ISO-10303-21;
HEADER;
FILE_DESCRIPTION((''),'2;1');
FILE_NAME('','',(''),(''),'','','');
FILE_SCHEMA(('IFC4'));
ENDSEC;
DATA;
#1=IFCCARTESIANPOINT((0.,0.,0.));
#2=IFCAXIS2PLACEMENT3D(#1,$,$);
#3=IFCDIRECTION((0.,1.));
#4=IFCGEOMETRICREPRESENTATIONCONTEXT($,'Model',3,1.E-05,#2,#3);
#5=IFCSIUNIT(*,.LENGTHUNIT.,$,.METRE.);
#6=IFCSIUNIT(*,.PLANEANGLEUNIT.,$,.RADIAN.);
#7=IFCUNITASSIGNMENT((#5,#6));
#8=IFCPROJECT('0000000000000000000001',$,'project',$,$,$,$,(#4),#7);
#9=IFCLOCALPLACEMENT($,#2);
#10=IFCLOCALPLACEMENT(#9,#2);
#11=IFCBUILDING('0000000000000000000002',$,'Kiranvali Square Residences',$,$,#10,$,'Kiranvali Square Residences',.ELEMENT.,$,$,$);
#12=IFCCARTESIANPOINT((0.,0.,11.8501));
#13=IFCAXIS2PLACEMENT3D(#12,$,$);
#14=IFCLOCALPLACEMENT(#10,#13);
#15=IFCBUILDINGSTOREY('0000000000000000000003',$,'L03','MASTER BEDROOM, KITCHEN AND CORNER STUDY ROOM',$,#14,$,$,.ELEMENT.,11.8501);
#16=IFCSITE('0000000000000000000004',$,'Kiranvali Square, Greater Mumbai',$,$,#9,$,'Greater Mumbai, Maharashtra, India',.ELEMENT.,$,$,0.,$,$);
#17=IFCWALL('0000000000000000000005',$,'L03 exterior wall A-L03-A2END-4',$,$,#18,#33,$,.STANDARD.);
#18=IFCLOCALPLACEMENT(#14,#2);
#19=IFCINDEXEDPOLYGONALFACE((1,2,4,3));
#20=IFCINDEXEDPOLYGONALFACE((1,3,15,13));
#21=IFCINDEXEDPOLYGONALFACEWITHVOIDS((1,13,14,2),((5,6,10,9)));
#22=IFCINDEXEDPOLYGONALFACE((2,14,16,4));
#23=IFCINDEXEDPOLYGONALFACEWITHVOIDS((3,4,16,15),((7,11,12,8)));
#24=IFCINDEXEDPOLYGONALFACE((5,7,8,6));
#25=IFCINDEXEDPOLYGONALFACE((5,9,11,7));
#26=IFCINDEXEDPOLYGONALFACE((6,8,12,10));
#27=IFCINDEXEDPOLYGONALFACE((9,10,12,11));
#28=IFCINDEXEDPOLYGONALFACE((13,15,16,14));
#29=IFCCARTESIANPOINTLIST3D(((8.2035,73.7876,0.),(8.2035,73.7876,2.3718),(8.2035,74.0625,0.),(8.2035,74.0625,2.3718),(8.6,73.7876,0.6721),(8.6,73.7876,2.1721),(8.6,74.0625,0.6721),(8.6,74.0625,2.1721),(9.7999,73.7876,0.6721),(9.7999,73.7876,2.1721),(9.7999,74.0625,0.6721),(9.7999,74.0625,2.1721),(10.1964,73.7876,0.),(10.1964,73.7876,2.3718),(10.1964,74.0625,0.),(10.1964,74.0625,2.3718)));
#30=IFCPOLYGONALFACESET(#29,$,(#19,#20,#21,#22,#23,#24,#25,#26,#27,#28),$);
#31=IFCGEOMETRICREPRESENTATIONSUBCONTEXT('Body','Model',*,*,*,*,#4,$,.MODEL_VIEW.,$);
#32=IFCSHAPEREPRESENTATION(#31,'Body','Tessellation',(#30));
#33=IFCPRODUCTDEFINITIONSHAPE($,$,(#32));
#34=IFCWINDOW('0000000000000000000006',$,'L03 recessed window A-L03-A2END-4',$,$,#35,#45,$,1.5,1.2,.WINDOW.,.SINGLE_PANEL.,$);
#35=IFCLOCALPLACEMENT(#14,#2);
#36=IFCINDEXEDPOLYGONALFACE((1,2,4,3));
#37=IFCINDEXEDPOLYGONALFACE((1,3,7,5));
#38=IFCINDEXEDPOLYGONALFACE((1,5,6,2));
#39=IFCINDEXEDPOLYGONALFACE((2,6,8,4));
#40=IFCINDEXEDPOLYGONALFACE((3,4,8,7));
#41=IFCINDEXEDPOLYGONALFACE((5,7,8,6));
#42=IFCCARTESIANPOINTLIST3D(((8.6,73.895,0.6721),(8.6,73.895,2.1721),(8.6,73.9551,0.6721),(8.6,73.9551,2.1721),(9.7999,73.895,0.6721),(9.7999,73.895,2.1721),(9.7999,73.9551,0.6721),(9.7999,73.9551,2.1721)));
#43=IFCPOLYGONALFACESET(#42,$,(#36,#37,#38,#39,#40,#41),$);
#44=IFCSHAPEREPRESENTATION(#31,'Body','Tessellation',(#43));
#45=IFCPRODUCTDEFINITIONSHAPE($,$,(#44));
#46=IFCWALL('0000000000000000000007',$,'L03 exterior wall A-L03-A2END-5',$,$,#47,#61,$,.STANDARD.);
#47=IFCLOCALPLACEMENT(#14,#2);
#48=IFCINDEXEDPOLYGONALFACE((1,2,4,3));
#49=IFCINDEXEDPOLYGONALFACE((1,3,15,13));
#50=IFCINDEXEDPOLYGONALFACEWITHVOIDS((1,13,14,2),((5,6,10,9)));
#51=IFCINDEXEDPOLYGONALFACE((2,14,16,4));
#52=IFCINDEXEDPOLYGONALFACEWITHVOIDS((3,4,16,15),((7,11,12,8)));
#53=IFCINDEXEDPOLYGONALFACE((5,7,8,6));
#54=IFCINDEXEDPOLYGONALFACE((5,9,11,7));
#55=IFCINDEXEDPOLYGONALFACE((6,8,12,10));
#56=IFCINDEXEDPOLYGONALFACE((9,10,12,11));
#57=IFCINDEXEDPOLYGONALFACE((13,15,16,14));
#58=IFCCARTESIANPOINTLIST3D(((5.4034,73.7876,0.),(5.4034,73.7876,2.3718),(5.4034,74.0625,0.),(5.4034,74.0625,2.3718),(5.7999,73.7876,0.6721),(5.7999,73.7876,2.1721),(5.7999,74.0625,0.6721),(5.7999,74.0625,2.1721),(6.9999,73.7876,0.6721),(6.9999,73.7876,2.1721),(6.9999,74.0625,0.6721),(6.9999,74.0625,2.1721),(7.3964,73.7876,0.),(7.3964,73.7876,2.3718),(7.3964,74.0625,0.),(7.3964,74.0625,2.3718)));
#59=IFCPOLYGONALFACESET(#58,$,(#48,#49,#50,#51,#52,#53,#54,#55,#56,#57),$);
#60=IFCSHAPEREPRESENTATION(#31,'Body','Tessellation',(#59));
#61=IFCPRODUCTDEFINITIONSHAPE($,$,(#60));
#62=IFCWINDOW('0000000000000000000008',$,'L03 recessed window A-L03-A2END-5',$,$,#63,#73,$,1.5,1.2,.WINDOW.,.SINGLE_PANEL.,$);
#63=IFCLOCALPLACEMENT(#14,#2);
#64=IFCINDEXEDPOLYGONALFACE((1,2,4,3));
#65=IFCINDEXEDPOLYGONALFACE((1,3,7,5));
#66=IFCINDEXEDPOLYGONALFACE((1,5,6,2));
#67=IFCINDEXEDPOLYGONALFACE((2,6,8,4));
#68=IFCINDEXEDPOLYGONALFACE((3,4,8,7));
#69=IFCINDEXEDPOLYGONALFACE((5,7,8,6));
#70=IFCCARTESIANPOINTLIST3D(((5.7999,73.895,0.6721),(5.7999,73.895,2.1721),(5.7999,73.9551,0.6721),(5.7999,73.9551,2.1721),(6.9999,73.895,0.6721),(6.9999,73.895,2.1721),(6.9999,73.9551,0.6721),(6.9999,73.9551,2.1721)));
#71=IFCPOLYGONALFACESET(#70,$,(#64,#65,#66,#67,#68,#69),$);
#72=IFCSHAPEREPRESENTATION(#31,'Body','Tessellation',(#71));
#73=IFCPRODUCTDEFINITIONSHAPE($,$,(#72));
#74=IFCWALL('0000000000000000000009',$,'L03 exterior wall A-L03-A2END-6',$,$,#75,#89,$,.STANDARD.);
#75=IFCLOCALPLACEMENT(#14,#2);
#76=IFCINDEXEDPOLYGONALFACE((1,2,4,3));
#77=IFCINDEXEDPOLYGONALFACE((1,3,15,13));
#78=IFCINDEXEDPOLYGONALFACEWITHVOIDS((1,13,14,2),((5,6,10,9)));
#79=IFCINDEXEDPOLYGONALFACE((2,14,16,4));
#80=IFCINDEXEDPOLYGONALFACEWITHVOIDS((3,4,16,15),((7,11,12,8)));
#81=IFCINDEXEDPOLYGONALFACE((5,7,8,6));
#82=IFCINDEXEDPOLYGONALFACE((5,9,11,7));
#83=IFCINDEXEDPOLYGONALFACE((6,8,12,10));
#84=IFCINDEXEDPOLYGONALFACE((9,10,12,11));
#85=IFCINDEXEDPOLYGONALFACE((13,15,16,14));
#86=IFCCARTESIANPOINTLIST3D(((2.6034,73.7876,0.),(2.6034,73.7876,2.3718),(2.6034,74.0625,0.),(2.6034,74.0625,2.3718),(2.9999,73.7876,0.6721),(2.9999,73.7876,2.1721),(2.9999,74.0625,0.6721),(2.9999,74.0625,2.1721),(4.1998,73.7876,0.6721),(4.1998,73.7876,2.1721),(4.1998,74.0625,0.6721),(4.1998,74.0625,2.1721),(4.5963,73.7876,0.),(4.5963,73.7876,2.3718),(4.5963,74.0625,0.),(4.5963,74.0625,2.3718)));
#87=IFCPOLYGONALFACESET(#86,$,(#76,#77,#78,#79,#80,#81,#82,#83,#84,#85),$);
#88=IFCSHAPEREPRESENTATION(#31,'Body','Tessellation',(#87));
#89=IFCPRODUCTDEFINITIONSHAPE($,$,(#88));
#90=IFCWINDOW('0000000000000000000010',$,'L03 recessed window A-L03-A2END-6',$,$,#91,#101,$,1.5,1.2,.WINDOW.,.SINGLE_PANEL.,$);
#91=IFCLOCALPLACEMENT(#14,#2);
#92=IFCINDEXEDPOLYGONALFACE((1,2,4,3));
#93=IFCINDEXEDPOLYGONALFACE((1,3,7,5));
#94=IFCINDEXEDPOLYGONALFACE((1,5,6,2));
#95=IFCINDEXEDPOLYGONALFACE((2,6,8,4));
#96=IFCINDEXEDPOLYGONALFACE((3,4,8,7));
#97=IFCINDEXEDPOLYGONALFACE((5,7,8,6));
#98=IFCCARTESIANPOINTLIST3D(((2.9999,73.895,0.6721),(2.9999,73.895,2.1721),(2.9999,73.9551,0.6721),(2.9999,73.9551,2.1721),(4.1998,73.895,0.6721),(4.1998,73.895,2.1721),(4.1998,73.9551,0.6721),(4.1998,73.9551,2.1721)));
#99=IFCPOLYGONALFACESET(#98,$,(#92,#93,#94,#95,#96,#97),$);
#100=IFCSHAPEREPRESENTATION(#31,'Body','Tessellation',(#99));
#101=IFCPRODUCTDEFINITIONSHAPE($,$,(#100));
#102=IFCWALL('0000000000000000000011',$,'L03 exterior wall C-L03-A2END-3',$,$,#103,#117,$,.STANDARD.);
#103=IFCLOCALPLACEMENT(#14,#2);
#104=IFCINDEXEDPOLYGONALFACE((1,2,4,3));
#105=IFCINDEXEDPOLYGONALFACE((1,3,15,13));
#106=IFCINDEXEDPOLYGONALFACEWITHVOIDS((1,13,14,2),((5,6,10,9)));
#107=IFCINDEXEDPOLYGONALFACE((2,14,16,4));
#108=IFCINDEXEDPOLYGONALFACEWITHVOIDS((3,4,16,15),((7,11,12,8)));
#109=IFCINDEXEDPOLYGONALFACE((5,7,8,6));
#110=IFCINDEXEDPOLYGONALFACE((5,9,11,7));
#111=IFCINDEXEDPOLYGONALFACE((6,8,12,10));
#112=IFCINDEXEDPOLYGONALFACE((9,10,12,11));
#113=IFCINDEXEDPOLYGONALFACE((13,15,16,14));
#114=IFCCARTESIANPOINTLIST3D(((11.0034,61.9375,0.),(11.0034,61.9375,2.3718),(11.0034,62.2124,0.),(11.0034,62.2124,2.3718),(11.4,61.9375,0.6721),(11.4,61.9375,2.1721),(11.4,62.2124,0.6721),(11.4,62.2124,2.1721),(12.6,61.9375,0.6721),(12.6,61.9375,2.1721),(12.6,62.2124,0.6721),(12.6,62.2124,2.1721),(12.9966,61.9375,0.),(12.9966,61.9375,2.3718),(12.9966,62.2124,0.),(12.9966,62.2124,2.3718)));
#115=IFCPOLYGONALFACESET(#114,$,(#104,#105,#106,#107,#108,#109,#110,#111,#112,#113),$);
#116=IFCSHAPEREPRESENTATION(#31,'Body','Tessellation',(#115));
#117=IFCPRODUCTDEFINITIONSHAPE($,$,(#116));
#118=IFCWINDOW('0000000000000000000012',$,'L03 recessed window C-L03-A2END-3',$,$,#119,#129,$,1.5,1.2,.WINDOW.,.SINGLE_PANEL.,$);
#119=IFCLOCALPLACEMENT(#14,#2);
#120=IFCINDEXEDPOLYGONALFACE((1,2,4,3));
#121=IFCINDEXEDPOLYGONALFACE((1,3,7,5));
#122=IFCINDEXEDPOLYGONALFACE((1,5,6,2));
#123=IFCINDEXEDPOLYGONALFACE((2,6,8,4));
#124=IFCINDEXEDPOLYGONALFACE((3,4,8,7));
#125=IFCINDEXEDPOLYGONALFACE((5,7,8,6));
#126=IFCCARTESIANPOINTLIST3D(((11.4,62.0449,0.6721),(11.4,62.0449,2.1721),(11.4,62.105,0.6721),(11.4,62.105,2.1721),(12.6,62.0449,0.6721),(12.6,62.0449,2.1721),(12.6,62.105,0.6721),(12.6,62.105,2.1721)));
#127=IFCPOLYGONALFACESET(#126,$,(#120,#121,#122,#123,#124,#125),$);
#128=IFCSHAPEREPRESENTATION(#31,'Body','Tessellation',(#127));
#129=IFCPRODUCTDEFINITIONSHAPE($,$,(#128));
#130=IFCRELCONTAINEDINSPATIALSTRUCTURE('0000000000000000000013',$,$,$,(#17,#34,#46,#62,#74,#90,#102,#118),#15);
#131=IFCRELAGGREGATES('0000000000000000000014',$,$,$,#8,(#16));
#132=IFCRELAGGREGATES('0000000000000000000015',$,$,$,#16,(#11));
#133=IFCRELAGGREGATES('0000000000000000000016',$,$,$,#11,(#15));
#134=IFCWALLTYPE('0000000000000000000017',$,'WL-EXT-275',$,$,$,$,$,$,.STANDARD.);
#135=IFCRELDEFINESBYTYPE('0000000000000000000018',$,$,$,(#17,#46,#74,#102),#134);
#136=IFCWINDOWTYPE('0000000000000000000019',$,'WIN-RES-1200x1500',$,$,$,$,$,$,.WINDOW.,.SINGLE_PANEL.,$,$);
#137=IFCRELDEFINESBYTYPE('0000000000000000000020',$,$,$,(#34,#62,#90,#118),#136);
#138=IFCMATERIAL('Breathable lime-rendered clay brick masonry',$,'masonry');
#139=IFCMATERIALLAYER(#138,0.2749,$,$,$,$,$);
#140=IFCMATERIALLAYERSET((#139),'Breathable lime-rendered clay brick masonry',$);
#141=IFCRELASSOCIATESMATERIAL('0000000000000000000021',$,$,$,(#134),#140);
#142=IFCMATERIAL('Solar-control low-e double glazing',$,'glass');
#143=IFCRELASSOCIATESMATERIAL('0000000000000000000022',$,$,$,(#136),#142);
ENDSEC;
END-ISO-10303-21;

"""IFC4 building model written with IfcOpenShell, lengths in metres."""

from ifc_helpers import new_model, si_unit, direction, frame, frame_2d, origin, place, context, subcontext, project, spatial, rectangle, extrude, material, layer, layer_set, type_object, element, fill, save


model = new_model("IFC4")

# Units and contexts
model_context = context("Model", 3, precision=1e-05, world=origin(), true_north=direction((0.0, 1.0)))
body_context = subcontext(model_context, "Body", "Model", "MODEL_VIEW")
ifc_project = project(units=[si_unit("LENGTHUNIT", "METRE"), si_unit("PLANEANGLEUNIT", "RADIAN")], contexts=[model_context])

# Site, building, storey
site_placement = place(None, origin())
site = spatial("IfcSite", under=ifc_project, at=site_placement, Name="Kiranvali Square, Greater Mumbai", LongName="Greater Mumbai, Maharashtra, India", CompositionType="ELEMENT", RefElevation=0.0)
building_placement = place(site_placement, origin())
building = spatial("IfcBuilding", under=site, at=building_placement, Name="Kiranvali Square Residences", LongName="Kiranvali Square Residences", CompositionType="ELEMENT")
storey_placement = place(building_placement, frame((0.0, 0.0, 11.8501)))
storey = spatial("IfcBuildingStorey", under=building, at=storey_placement, Name="L03", Description="MASTER BEDROOM, KITCHEN AND CORNER STUDY ROOM", CompositionType="ELEMENT", Elevation=11.8501)

# Walls, openings, windows
ifc_material_1 = material(Name="Breathable lime-rendered clay brick masonry", Category="masonry")
ifc_layer = layer(ifc_material_1, 0.2749)
ifc_layer_set = layer_set([ifc_layer], Name="Breathable lime-rendered clay brick masonry")
wall_type = type_object("IfcWallType", Name="WL-EXT-275", PredefinedType="STANDARD", material=ifc_layer_set)
ifc_material_2 = material(Name="Solar-control low-e double glazing", Category="glass")
window_type = type_object("IfcWindowType", Name="WIN-RES-1200x1500", PartitioningType="SINGLE_PANEL", PredefinedType="WINDOW", material=ifc_material_2)
wall_1_placement = place(storey_placement, frame((10.1965, 73.925, 0.0), z_axis=(0.0, 0.0, 1.0), x_axis=(-1.0, 0.0, 0.0)))
wall_1 = element("IfcWall", 1, at=wall_1_placement, inside=storey, type_object=wall_type, Name="L03 exterior wall A-L03-A2END-4", PredefinedType="STANDARD", context=body_context, shape_type="SweptSolid", body=[
    extrude(rectangle(XDim=1.9929, YDim=0.2749, at=frame_2d((0.9966, 0.0))), origin(), (0.0, 0.0, 1.0), 2.3718),
])
opening_1_placement = place(wall_1_placement, frame((0.3965, 0.0, 0.6721)))
opening_1 = element("IfcOpeningElement", 2, at=opening_1_placement, cuts=wall_1, PredefinedType="OPENING", context=body_context, shape_type="SweptSolid", body=[
    extrude(rectangle(XDim=1.2, YDim=1.5, at=frame_2d((0.6001, 0.75))), frame((0.0, 0.1475, 0.0), z_axis=(0.0, -1.0, 0.0), x_axis=(1.0, 0.0, 0.0)), (0.0, 0.0, 1.0), 0.2949),
])
window_1_placement = place(opening_1_placement, origin())
window_1 = element("IfcWindow", 3, at=window_1_placement, inside=storey, type_object=window_type, Name="L03 recessed window A-L03-A2END-4", OverallHeight=1.5, OverallWidth=1.2, PartitioningType="SINGLE_PANEL", PredefinedType="WINDOW", context=body_context, shape_type="SweptSolid", body=[
    extrude(rectangle(XDim=1.2, YDim=1.5, at=frame_2d((0.6001, 0.75))), frame((0.0, 0.03, 0.0), z_axis=(0.0, -1.0, 0.0), x_axis=(1.0, 0.0, 0.0)), (0.0, 0.0, 1.0), 0.0601),
])
fill(opening_1, window_1)
wall_2_placement = place(storey_placement, frame((7.3965, 73.925, 0.0), z_axis=(0.0, 0.0, 1.0), x_axis=(-1.0, 0.0, 0.0)))
wall_2 = element("IfcWall", 4, at=wall_2_placement, inside=storey, type_object=wall_type, Name="L03 exterior wall A-L03-A2END-5", PredefinedType="STANDARD", context=body_context, shape_type="SweptSolid", body=[
    extrude(rectangle(XDim=1.9929, YDim=0.2749, at=frame_2d((0.9966, 0.0))), origin(), (0.0, 0.0, 1.0), 2.3718),
])
opening_2_placement = place(wall_2_placement, frame((0.3965, 0.0, 0.6721)))
opening_2 = element("IfcOpeningElement", 5, at=opening_2_placement, cuts=wall_2, PredefinedType="OPENING", context=body_context, shape_type="SweptSolid", body=[
    extrude(rectangle(XDim=1.2, YDim=1.5, at=frame_2d((0.6001, 0.75))), frame((0.0, 0.1475, 0.0), z_axis=(0.0, -1.0, 0.0), x_axis=(1.0, 0.0, 0.0)), (0.0, 0.0, 1.0), 0.2949),
])
window_2_placement = place(opening_2_placement, origin())
window_2 = element("IfcWindow", 6, at=window_2_placement, inside=storey, type_object=window_type, Name="L03 recessed window A-L03-A2END-5", OverallHeight=1.5, OverallWidth=1.2, PartitioningType="SINGLE_PANEL", PredefinedType="WINDOW", context=body_context, shape_type="SweptSolid", body=[
    extrude(rectangle(XDim=1.2, YDim=1.5, at=frame_2d((0.6001, 0.75))), frame((0.0, 0.03, 0.0), z_axis=(0.0, -1.0, 0.0), x_axis=(1.0, 0.0, 0.0)), (0.0, 0.0, 1.0), 0.0601),
])
fill(opening_2, window_2)
wall_3_placement = place(storey_placement, frame((4.5964, 73.925, 0.0), z_axis=(0.0, 0.0, 1.0), x_axis=(-1.0, 0.0, 0.0)))
wall_3 = element("IfcWall", 7, at=wall_3_placement, inside=storey, type_object=wall_type, Name="L03 exterior wall A-L03-A2END-6", PredefinedType="STANDARD", context=body_context, shape_type="SweptSolid", body=[
    extrude(rectangle(XDim=1.9929, YDim=0.2749, at=frame_2d((0.9966, 0.0))), origin(), (0.0, 0.0, 1.0), 2.3718),
])
opening_3_placement = place(wall_3_placement, frame((0.3965, 0.0, 0.6721)))
opening_3 = element("IfcOpeningElement", 8, at=opening_3_placement, cuts=wall_3, PredefinedType="OPENING", context=body_context, shape_type="SweptSolid", body=[
    extrude(rectangle(XDim=1.2, YDim=1.5, at=frame_2d((0.6001, 0.75))), frame((0.0, 0.1475, 0.0), z_axis=(0.0, -1.0, 0.0), x_axis=(1.0, 0.0, 0.0)), (0.0, 0.0, 1.0), 0.2949),
])
window_3_placement = place(opening_3_placement, origin())
window_3 = element("IfcWindow", 9, at=window_3_placement, inside=storey, type_object=window_type, Name="L03 recessed window A-L03-A2END-6", OverallHeight=1.5, OverallWidth=1.2, PartitioningType="SINGLE_PANEL", PredefinedType="WINDOW", context=body_context, shape_type="SweptSolid", body=[
    extrude(rectangle(XDim=1.2, YDim=1.5, at=frame_2d((0.6001, 0.75))), frame((0.0, 0.03, 0.0), z_axis=(0.0, -1.0, 0.0), x_axis=(1.0, 0.0, 0.0)), (0.0, 0.0, 1.0), 0.0601),
])
fill(opening_3, window_3)
wall_4_placement = place(storey_placement, frame((12.9966, 62.075, 0.0), z_axis=(0.0, 0.0, 1.0), x_axis=(-1.0, 0.0, 0.0)))
wall_4 = element("IfcWall", 10, at=wall_4_placement, inside=storey, type_object=wall_type, Name="L03 exterior wall C-L03-A2END-3", PredefinedType="STANDARD", context=body_context, shape_type="SweptSolid", body=[
    extrude(rectangle(XDim=1.9932, YDim=0.2749, at=frame_2d((0.9966, 0.0))), origin(), (0.0, 0.0, 1.0), 2.3718),
])
opening_4_placement = place(wall_4_placement, frame((0.3965, 0.0, 0.6721)))
opening_4 = element("IfcOpeningElement", 11, at=opening_4_placement, cuts=wall_4, PredefinedType="OPENING", context=body_context, shape_type="SweptSolid", body=[
    extrude(rectangle(XDim=1.2, YDim=1.5, at=frame_2d((0.6001, 0.75))), frame((0.0, 0.1475, 0.0), z_axis=(0.0, -1.0, 0.0), x_axis=(1.0, 0.0, 0.0)), (0.0, 0.0, 1.0), 0.2949),
])
window_4_placement = place(opening_4_placement, origin())
window_4 = element("IfcWindow", 12, at=window_4_placement, inside=storey, type_object=window_type, Name="L03 recessed window C-L03-A2END-3", OverallHeight=1.5, OverallWidth=1.2, PartitioningType="SINGLE_PANEL", PredefinedType="WINDOW", context=body_context, shape_type="SweptSolid", body=[
    extrude(rectangle(XDim=1.2, YDim=1.5, at=frame_2d((0.6001, 0.75))), frame((0.0, 0.03, 0.0), z_axis=(0.0, -1.0, 0.0), x_axis=(1.0, 0.0, 0.0)), (0.0, 0.0, 1.0), 0.0601),
])
fill(opening_4, window_4)

save(model, "model.ifc")
